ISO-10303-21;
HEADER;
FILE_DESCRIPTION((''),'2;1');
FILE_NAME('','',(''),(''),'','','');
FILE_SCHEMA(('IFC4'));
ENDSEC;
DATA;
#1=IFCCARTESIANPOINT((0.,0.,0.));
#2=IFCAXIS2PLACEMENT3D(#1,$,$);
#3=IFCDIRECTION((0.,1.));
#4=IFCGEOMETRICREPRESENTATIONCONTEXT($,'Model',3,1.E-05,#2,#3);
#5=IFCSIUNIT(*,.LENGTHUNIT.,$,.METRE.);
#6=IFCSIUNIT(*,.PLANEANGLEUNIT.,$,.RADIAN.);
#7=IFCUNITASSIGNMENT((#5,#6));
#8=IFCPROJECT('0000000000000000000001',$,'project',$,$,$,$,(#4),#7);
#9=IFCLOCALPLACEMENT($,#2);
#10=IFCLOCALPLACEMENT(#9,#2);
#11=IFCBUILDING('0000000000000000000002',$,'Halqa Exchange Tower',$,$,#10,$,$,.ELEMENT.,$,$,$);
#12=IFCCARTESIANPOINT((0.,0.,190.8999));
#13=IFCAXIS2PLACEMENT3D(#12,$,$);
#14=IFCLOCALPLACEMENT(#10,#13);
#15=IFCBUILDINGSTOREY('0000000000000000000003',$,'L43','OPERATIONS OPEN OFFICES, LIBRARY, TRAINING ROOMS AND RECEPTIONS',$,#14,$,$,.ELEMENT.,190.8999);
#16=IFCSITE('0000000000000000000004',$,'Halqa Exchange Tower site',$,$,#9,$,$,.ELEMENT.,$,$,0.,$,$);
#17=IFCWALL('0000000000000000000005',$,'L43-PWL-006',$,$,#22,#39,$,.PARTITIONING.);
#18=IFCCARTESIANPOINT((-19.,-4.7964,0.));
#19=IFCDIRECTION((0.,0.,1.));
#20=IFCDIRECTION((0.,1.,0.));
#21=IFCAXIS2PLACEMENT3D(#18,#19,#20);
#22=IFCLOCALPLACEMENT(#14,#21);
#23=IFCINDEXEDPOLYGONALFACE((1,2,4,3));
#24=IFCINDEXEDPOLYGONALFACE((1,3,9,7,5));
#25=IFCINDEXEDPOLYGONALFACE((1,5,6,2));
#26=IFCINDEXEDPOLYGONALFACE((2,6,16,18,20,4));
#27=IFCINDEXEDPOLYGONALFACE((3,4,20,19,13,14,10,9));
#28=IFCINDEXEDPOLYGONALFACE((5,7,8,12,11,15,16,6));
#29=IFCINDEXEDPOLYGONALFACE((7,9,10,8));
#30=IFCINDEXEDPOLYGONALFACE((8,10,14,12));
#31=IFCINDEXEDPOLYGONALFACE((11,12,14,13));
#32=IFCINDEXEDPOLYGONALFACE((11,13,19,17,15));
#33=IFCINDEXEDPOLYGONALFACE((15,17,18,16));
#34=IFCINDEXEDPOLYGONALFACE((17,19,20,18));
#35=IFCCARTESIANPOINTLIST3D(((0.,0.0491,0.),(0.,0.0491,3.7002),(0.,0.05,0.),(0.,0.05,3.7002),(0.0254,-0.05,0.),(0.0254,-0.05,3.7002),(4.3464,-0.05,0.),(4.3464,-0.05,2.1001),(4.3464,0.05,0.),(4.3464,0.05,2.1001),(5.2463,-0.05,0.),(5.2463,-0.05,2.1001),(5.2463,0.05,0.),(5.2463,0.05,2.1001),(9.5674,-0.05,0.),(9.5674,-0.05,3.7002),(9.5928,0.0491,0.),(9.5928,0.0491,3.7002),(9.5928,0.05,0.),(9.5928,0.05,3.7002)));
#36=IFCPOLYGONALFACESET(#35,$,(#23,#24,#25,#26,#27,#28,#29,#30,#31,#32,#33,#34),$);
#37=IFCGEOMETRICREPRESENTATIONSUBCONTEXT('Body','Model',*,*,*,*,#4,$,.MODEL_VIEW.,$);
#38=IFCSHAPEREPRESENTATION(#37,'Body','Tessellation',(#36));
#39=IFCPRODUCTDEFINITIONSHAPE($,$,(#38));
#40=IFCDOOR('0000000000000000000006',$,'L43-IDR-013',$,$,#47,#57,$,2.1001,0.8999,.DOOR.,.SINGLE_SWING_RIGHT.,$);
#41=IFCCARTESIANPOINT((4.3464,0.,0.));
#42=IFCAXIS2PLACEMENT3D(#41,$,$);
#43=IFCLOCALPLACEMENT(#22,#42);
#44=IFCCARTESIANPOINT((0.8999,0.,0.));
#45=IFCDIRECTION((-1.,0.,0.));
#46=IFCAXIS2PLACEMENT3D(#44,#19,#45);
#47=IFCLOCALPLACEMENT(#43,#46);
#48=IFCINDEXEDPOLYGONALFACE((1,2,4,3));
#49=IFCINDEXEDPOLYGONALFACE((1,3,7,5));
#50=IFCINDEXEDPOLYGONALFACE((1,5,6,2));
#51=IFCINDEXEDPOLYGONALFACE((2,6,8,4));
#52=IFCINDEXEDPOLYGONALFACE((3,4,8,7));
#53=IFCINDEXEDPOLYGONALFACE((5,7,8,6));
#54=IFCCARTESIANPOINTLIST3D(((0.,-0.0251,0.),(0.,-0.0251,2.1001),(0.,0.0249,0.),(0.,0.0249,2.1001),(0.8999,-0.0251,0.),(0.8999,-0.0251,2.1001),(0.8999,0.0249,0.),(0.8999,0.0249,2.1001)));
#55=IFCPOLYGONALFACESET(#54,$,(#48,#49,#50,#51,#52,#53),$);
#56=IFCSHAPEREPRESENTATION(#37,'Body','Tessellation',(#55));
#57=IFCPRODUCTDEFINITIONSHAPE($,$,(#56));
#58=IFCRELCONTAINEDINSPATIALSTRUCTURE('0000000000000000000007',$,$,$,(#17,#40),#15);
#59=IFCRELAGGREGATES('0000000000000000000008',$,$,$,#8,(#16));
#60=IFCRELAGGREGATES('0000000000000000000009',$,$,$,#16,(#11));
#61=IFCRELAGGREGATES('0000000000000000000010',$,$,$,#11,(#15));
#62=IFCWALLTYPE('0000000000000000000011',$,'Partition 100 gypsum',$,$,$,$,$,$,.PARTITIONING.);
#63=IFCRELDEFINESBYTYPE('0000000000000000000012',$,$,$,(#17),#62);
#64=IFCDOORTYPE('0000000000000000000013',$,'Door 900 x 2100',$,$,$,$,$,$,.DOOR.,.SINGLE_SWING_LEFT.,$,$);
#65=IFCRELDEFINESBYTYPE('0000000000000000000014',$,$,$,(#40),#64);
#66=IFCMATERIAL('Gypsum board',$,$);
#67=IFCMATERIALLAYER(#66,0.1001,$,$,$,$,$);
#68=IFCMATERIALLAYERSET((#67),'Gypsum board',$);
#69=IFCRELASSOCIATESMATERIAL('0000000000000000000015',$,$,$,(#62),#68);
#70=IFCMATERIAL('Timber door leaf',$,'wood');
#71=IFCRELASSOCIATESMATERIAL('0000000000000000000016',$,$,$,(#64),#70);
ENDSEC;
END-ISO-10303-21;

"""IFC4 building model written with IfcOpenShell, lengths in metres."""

from ifc_helpers import new_model, si_unit, direction, frame, frame_2d, origin, place, context, subcontext, project, spatial, polyline, rectangle, outline, extrude, material, layer, layer_set, type_object, element, fill, save


model = new_model("IFC4")

# Units and contexts
model_context = context("Model", 3, precision=1e-05, world=origin(), true_north=direction((0.0, 1.0)))
body_context = subcontext(model_context, "Body", "Model", "MODEL_VIEW")
ifc_project = project(units=[si_unit("LENGTHUNIT", "METRE"), si_unit("PLANEANGLEUNIT", "RADIAN")], contexts=[model_context])

# Site, building, storey
site_placement = place(None, origin())
site = spatial("IfcSite", under=ifc_project, at=site_placement, Name="Halqa Exchange Tower site", CompositionType="ELEMENT", RefElevation=0.0)
building_placement = place(site_placement, origin())
building = spatial("IfcBuilding", under=site, at=building_placement, Name="Halqa Exchange Tower", CompositionType="ELEMENT")
storey_placement = place(building_placement, frame((0.0, 0.0, 190.8999)))
storey = spatial("IfcBuildingStorey", under=building, at=storey_placement, Name="L43", Description="OPERATIONS OPEN OFFICES, LIBRARY, TRAINING ROOMS AND RECEPTIONS", CompositionType="ELEMENT", Elevation=190.8999)

# Wall, opening, door
ifc_material_1 = material(Name="Gypsum board")
ifc_layer_1 = layer(ifc_material_1, 0.1001)
ifc_layer_set_1 = layer_set([ifc_layer_1], Name="Gypsum board")
wall_type_1 = type_object("IfcWallType", Name="Partition 100 gypsum", PredefinedType="PARTITIONING", material=ifc_layer_set_1)
ifc_material_2 = material(Name="Timber door leaf", Category="wood")
door_type_1 = type_object("IfcDoorType", Name="Door 900 x 2100", OperationType="SINGLE_SWING_LEFT", PredefinedType="DOOR", material=ifc_material_2)
wall_1_placement = place(storey_placement, frame((-19.0, -4.7964, 0.0), z_axis=(0.0, 0.0, 1.0), x_axis=(0.0, 1.0, 0.0)))
wall_1 = element("IfcWall", 1, at=wall_1_placement, inside=storey, type_object=wall_type_1, Name="L43-PWL-006", PredefinedType="PARTITIONING", context=body_context, shape_type="SweptSolid", body=[
    extrude(outline(polyline([(0.0254, -0.05), (1.9338, -0.05), (3.8423, -0.05), (5.7505, -0.05), (7.6589, -0.05), (9.5674, -0.05), (9.5928, 0.0491), (9.5928, 0.05), (7.6743, 0.05), (5.7556, 0.05), (3.8372, 0.05), (1.9185, 0.05), (0.0, 0.05), (0.0, 0.0491), (0.0254, -0.05)])), origin(), (0.0, 0.0, 1.0), 3.7002),
])
opening_1_placement = place(wall_1_placement, frame((4.3464, 0.0, 0.0)))
opening_1 = element("IfcOpeningElement", 2, at=opening_1_placement, cuts=wall_1, PredefinedType="OPENING", context=body_context, shape_type="SweptSolid", body=[
    extrude(rectangle(XDim=0.8999, YDim=2.1001, at=frame_2d((0.45, 1.05))), frame((0.0, 0.062, 0.0), z_axis=(0.0, -1.0, 0.0), x_axis=(1.0, 0.0, 0.0)), (0.0, 0.0, 1.0), 0.124),
])
door_1_placement = place(opening_1_placement, frame((0.8999, 0.0, 0.0), z_axis=(0.0, 0.0, 1.0), x_axis=(-1.0, 0.0, 0.0)))
door_1 = element("IfcDoor", 3, at=door_1_placement, inside=storey, type_object=door_type_1, Name="L43-IDR-013", OperationType="SINGLE_SWING_RIGHT", OverallHeight=2.1001, OverallWidth=0.8999, PredefinedType="DOOR", context=body_context, shape_type="SweptSolid", body=[
    extrude(rectangle(XDim=0.8999, YDim=2.1001, at=frame_2d((0.45, 1.05))), frame((0.0, 0.0249, 0.0), z_axis=(0.0, -1.0, 0.0), x_axis=(1.0, 0.0, 0.0)), (0.0, 0.0, 1.0), 0.05),
])
fill(opening_1, door_1)

save(model, "model.ifc")
